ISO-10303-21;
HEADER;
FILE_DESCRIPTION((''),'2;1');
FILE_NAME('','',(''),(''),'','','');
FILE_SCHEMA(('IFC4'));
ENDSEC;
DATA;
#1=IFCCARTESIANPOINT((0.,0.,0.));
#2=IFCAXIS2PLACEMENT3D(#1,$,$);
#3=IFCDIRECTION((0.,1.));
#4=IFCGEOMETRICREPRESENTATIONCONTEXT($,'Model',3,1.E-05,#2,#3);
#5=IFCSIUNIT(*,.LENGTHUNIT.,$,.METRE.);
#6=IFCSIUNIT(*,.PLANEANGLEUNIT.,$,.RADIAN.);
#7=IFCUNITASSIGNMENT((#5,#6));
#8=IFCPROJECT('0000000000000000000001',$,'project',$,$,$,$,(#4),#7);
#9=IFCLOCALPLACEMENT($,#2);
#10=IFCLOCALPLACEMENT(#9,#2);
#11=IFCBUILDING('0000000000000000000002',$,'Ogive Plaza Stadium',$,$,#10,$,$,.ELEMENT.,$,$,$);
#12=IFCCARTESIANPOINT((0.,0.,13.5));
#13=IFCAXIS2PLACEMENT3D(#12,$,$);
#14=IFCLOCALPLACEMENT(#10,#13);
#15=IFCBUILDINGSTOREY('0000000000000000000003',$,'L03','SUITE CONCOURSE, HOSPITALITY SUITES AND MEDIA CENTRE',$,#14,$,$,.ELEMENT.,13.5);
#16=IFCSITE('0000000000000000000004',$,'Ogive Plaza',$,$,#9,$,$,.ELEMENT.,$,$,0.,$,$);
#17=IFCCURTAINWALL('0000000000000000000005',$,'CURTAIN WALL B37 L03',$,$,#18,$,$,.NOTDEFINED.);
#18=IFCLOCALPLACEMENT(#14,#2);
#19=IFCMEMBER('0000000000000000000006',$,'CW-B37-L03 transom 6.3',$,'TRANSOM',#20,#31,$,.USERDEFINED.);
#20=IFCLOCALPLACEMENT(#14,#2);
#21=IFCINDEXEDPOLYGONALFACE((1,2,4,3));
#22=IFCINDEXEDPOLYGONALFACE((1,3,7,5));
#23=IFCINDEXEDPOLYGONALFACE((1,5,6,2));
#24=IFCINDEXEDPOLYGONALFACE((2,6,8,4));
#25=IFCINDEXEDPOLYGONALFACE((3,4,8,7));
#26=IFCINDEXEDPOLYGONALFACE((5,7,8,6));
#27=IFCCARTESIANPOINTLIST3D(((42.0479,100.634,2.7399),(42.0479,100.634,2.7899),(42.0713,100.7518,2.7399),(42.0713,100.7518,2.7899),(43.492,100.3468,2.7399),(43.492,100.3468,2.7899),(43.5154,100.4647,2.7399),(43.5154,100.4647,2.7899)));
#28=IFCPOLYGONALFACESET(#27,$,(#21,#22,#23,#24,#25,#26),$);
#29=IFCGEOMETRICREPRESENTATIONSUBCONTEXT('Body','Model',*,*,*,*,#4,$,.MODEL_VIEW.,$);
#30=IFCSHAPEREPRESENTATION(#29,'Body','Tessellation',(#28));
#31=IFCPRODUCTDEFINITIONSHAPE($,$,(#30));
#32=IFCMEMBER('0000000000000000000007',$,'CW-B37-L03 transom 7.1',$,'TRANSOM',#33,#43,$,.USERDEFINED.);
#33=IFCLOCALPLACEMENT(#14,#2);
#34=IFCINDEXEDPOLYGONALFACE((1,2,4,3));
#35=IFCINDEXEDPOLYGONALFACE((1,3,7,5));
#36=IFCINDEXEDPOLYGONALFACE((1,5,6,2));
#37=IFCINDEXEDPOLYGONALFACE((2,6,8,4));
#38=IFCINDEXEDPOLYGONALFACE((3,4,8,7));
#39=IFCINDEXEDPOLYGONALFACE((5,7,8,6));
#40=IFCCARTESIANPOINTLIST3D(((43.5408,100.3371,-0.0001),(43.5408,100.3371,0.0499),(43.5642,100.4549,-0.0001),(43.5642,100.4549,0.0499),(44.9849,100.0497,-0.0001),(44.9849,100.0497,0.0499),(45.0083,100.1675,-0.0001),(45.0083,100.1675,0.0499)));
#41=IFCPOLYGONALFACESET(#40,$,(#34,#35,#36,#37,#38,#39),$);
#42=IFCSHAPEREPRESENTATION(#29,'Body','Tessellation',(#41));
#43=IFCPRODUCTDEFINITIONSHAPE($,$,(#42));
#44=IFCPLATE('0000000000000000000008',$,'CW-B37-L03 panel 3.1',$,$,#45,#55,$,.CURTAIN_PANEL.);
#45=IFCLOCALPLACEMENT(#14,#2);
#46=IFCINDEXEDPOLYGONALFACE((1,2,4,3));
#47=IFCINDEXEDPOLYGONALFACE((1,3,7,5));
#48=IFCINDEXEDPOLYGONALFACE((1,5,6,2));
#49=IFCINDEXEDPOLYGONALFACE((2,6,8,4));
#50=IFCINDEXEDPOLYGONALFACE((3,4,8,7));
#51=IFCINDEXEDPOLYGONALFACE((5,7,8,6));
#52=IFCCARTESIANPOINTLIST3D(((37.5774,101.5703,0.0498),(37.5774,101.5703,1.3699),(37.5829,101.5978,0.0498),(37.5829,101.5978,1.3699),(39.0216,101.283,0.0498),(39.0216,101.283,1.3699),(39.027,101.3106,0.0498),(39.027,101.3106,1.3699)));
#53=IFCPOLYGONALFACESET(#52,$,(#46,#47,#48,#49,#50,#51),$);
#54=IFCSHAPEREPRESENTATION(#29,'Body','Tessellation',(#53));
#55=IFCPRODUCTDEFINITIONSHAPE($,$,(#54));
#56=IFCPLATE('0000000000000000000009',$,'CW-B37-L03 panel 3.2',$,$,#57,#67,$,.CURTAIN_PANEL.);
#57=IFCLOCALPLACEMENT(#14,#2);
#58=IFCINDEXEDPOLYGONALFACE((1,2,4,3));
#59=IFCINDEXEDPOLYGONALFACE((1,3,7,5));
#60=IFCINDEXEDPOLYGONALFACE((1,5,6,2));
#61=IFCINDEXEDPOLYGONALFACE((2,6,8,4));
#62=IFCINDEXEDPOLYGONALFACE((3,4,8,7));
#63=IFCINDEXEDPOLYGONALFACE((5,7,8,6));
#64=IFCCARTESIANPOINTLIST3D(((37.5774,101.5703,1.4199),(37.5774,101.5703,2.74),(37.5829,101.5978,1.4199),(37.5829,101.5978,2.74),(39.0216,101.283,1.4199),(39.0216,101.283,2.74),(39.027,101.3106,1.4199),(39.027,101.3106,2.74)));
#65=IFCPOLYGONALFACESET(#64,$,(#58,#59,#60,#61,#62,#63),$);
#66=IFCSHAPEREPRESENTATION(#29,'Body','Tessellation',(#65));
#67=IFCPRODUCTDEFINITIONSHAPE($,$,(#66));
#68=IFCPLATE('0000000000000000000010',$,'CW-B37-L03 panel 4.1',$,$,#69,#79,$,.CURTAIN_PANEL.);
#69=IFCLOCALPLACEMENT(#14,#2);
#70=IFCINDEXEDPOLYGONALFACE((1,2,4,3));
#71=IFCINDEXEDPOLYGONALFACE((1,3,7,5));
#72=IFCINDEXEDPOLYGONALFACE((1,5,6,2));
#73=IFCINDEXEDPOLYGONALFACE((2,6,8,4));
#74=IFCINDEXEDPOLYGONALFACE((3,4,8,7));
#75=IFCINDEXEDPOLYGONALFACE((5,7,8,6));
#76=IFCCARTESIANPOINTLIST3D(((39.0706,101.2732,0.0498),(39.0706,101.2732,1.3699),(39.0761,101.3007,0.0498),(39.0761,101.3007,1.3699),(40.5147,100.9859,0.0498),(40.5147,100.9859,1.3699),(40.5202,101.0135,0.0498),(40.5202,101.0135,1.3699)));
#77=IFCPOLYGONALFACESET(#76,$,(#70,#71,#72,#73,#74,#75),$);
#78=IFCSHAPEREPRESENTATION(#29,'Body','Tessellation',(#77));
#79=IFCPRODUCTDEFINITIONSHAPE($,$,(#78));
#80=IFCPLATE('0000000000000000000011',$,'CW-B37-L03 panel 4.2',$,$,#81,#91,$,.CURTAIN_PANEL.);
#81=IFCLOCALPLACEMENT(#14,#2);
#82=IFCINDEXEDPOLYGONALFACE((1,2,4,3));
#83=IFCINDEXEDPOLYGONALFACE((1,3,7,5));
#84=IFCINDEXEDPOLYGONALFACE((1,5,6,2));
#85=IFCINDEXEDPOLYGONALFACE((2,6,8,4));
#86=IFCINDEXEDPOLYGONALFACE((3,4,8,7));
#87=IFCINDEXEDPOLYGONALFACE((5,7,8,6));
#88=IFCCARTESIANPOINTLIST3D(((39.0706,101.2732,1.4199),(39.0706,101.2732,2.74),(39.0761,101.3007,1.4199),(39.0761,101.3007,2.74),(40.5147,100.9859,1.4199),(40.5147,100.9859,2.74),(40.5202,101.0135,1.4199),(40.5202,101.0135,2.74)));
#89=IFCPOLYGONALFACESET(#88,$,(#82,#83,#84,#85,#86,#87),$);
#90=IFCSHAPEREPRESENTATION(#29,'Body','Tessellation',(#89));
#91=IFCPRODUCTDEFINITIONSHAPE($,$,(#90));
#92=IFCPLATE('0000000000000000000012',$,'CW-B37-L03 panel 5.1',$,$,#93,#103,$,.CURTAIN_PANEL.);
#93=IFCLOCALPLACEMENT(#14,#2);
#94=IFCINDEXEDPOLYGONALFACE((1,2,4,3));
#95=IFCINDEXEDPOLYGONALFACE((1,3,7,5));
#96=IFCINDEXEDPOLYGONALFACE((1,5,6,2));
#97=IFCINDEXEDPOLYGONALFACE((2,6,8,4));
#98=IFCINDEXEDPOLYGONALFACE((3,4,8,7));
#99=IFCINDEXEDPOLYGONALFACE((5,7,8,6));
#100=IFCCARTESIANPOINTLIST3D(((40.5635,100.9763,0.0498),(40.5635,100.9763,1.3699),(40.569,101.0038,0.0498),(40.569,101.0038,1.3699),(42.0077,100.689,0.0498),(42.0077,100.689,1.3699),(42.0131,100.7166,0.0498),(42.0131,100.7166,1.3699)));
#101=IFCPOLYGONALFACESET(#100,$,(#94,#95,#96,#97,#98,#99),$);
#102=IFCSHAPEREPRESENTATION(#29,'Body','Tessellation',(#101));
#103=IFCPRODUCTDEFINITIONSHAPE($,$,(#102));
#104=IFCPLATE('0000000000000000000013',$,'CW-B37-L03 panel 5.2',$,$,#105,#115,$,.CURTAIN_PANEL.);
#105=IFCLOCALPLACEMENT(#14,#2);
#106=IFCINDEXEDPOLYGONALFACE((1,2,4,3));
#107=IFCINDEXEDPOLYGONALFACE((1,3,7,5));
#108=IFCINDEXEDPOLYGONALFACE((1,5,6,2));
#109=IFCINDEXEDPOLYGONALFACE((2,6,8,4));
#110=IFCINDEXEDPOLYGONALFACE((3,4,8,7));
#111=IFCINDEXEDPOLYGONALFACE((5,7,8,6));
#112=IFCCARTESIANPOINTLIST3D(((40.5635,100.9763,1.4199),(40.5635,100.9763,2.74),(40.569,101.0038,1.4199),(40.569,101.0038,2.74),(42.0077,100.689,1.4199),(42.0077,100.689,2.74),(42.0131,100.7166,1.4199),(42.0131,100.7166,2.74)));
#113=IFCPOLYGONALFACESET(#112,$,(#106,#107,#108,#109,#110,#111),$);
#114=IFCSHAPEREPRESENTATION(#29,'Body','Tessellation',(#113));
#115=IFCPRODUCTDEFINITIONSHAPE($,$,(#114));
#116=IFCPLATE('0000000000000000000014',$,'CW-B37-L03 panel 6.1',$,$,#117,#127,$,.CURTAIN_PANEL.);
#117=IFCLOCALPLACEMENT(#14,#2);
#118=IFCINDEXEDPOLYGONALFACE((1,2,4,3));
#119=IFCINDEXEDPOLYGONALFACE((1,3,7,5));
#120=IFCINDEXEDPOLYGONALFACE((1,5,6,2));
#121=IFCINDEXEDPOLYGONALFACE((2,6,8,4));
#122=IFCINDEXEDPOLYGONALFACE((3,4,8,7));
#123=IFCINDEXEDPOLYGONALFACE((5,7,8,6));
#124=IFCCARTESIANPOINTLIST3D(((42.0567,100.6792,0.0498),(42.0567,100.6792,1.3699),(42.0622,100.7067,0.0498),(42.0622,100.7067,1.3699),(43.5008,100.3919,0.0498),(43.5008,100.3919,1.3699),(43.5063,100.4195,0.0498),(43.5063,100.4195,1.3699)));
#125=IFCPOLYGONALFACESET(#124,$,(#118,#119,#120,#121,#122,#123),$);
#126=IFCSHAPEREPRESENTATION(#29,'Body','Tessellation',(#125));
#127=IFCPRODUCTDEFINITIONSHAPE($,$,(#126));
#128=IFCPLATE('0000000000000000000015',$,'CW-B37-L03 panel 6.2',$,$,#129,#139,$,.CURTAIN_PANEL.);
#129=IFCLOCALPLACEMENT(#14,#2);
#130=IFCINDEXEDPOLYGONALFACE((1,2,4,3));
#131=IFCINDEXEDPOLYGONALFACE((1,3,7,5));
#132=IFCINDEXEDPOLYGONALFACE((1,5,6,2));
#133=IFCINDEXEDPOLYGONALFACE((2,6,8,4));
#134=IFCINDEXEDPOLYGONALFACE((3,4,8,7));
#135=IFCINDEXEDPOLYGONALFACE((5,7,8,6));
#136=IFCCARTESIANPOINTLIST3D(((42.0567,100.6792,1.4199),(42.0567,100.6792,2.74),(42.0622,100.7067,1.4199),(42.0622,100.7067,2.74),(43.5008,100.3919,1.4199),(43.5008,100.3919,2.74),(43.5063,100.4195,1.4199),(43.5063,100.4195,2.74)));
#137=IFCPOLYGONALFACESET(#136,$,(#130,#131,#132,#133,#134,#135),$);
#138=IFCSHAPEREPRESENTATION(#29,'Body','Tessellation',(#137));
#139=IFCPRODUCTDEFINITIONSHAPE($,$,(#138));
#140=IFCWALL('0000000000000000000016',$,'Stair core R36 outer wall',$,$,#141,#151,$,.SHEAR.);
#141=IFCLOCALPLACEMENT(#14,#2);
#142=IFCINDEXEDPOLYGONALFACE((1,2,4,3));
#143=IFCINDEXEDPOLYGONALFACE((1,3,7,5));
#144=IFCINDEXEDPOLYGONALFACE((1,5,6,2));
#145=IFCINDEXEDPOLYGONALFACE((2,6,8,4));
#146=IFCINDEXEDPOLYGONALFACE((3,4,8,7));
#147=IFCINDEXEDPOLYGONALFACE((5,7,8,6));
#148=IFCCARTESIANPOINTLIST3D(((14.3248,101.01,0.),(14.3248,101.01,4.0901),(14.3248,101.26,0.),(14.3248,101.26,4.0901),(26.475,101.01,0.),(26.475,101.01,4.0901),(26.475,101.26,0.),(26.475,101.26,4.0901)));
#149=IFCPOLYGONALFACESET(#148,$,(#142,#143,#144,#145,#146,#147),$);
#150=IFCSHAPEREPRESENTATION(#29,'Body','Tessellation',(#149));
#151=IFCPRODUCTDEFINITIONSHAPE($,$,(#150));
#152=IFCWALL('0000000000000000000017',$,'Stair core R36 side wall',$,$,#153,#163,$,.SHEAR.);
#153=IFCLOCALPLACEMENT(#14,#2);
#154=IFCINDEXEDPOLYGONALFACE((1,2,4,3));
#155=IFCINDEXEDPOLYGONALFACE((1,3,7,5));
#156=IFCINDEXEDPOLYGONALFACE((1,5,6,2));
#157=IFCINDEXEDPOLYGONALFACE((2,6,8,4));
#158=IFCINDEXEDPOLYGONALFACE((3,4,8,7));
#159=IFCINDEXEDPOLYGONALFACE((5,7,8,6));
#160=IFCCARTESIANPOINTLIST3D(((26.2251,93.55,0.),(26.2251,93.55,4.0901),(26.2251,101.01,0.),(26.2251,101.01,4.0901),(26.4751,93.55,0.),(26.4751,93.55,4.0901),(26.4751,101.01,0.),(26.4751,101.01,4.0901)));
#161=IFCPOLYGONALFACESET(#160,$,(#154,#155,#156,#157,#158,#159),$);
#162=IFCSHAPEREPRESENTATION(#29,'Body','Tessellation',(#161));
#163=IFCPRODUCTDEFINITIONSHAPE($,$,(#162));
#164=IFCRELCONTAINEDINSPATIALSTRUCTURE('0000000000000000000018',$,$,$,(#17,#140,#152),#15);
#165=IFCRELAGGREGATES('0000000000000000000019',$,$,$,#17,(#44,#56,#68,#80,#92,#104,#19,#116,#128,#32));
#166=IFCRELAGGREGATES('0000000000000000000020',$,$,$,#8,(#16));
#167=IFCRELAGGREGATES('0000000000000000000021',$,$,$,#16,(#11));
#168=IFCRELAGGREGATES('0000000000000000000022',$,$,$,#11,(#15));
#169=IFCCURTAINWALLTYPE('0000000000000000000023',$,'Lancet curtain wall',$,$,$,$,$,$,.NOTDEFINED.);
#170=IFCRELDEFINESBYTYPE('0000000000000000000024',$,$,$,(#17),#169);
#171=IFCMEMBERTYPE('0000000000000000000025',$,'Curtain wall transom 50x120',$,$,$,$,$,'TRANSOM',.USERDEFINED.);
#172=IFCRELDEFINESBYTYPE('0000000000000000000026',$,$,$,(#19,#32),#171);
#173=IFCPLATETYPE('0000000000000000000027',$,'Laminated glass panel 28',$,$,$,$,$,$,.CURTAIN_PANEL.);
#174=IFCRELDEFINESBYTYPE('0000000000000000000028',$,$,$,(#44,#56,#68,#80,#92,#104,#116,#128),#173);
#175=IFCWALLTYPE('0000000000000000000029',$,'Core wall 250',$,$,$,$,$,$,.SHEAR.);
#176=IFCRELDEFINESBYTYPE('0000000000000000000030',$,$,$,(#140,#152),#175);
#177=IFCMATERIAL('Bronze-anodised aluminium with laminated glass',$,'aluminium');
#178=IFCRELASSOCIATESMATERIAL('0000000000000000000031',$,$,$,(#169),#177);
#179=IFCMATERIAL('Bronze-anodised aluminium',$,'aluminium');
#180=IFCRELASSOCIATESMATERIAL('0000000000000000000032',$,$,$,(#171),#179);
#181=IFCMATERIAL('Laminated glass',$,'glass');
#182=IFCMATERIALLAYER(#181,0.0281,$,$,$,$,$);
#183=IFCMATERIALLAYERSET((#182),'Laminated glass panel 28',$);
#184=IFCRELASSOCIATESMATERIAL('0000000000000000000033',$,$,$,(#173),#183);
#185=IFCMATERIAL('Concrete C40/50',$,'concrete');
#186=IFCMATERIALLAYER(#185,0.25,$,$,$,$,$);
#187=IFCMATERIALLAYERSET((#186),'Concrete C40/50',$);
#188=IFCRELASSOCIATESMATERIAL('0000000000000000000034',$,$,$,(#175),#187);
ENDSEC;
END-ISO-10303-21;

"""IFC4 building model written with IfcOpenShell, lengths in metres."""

from ifc_helpers import new_model, si_unit, direction, frame, frame_2d, origin, origin_2d, place, context, subcontext, project, spatial, rectangle, extrude, material, layer, layer_set, material_profile, profile_set, type_object, element, aggregate, save


model = new_model("IFC4")

# Units and contexts
model_context = context("Model", 3, precision=1e-05, world=origin(), true_north=direction((0.0, 1.0)))
body_context = subcontext(model_context, "Body", "Model", "MODEL_VIEW")
ifc_project = project(units=[si_unit("LENGTHUNIT", "METRE"), si_unit("PLANEANGLEUNIT", "RADIAN")], contexts=[model_context])

# Site, building, storey
site_placement = place(None, origin())
site = spatial("IfcSite", under=ifc_project, at=site_placement, Name="Ogive Plaza", CompositionType="ELEMENT", RefElevation=0.0)
building_placement = place(site_placement, origin())
building = spatial("IfcBuilding", under=site, at=building_placement, Name="Ogive Plaza Stadium", CompositionType="ELEMENT")
storey_placement = place(building_placement, frame((0.0, 0.0, 13.5)))
storey = spatial("IfcBuildingStorey", under=building, at=storey_placement, Name="L03", Description="SUITE CONCOURSE, HOSPITALITY SUITES AND MEDIA CENTRE", CompositionType="ELEMENT", Elevation=13.5)

# Curtain wall, members, plates
ifc_material_1 = material(Name="Bronze-anodised aluminium with laminated glass", Category="aluminium")
curtain_wall_type = type_object("IfcCurtainWallType", Name="Lancet curtain wall", PredefinedType="NOTDEFINED", material=ifc_material_1)
curtain_wall_placement = place(storey_placement, origin())
curtain_wall = element("IfcCurtainWall", 1, at=curtain_wall_placement, inside=storey, type_object=curtain_wall_type, Name="CURTAIN WALL B37 L03", PredefinedType="NOTDEFINED")
ifc_material_2 = material(Name="Bronze-anodised aluminium", Category="aluminium")
ifc_material_profile_1 = material_profile(ifc_material_2, rectangle(XDim=0.1201, YDim=0.05, at=origin_2d()), Name="AL 120x50")
ifc_profile_set_1 = profile_set([ifc_material_profile_1], Name="Bronze-anodised aluminium")
member_type_1 = type_object("IfcMemberType", Name="Curtain wall transom 50x120", ElementType="TRANSOM", PredefinedType="USERDEFINED", material=ifc_profile_set_1)
member_1_placement = place(storey_placement, frame((42.0596, 100.6929, 2.7649), z_axis=(0.980803, -0.195, 0.0), x_axis=(0.195, 0.980803, 0.0)))
member_1 = element("IfcMember", 2, at=member_1_placement, type_object=member_type_1, Name="CW-B37-L03 transom 6.3", ObjectType="TRANSOM", PredefinedType="USERDEFINED", context=body_context, shape_type="SweptSolid", body=[
    extrude(rectangle(XDim=0.1201, YDim=0.05, at=origin_2d()), origin(), (0.0, 0.0, 1.0), 1.4724),
])
member_2_placement = place(storey_placement, frame((43.5525, 100.396, 0.0249), z_axis=(0.980772, -0.195159, 0.0), x_axis=(0.195159, 0.980772, 0.0)))
member_2 = element("IfcMember", 3, at=member_2_placement, type_object=member_type_1, Name="CW-B37-L03 transom 7.1", ObjectType="TRANSOM", PredefinedType="USERDEFINED", context=body_context, shape_type="SweptSolid", body=[
    extrude(rectangle(XDim=0.1201, YDim=0.05, at=origin_2d()), origin(), (0.0, 0.0, 1.0), 1.4724),
])
ifc_material_3 = material(Name="Laminated glass", Category="glass")
ifc_layer_1 = layer(ifc_material_3, 0.0281)
ifc_layer_set_1 = layer_set([ifc_layer_1], Name="Laminated glass panel 28")
plate_type = type_object("IfcPlateType", Name="Laminated glass panel 28", PredefinedType="CURTAIN_PANEL", material=ifc_layer_set_1)
plate_1_placement = place(storey_placement, frame((38.3022, 101.4404, 0.0498), z_axis=(0.0, 0.0, 1.0), x_axis=(0.980785, -0.19509, 0.0)))
plate_1 = element("IfcPlate", 4, at=plate_1_placement, type_object=plate_type, Name="CW-B37-L03 panel 3.1", PredefinedType="CURTAIN_PANEL", context=body_context, shape_type="SweptSolid", body=[
    extrude(rectangle(XDim=1.4724, YDim=0.0281, at=origin_2d()), origin(), (0.0, 0.0, 1.0), 1.3201),
])
plate_2_placement = place(storey_placement, frame((38.3022, 101.4404, 1.4199), z_axis=(0.0, 0.0, 1.0), x_axis=(0.980785, -0.19509, 0.0)))
plate_2 = element("IfcPlate", 5, at=plate_2_placement, type_object=plate_type, Name="CW-B37-L03 panel 3.2", PredefinedType="CURTAIN_PANEL", context=body_context, shape_type="SweptSolid", body=[
    extrude(rectangle(XDim=1.4724, YDim=0.0281, at=origin_2d()), origin(), (0.0, 0.0, 1.0), 1.3201),
])
plate_3_placement = place(storey_placement, frame((39.7954, 101.1433, 0.0498), z_axis=(0.0, 0.0, 1.0), x_axis=(0.980785, -0.19509, 0.0)))
plate_3 = element("IfcPlate", 6, at=plate_3_placement, type_object=plate_type, Name="CW-B37-L03 panel 4.1", PredefinedType="CURTAIN_PANEL", context=body_context, shape_type="SweptSolid", body=[
    extrude(rectangle(XDim=1.4724, YDim=0.0281, at=origin_2d()), origin(), (0.0, 0.0, 1.0), 1.3201),
])
plate_4_placement = place(storey_placement, frame((39.7954, 101.1433, 1.4199), z_axis=(0.0, 0.0, 1.0), x_axis=(0.980785, -0.19509, 0.0)))
plate_4 = element("IfcPlate", 7, at=plate_4_placement, type_object=plate_type, Name="CW-B37-L03 panel 4.2", PredefinedType="CURTAIN_PANEL", context=body_context, shape_type="SweptSolid", body=[
    extrude(rectangle(XDim=1.4724, YDim=0.0281, at=origin_2d()), origin(), (0.0, 0.0, 1.0), 1.3201),
])
plate_5_placement = place(storey_placement, frame((41.2883, 100.8464, 0.0498), z_axis=(0.0, 0.0, 1.0), x_axis=(0.980785, -0.19509, 0.0)))
plate_5 = element("IfcPlate", 8, at=plate_5_placement, type_object=plate_type, Name="CW-B37-L03 panel 5.1", PredefinedType="CURTAIN_PANEL", context=body_context, shape_type="SweptSolid", body=[
    extrude(rectangle(XDim=1.4724, YDim=0.0281, at=origin_2d()), origin(), (0.0, 0.0, 1.0), 1.3201),
])
plate_6_placement = place(storey_placement, frame((41.2883, 100.8464, 1.4199), z_axis=(0.0, 0.0, 1.0), x_axis=(0.980785, -0.19509, 0.0)))
plate_6 = element("IfcPlate", 9, at=plate_6_placement, type_object=plate_type, Name="CW-B37-L03 panel 5.2", PredefinedType="CURTAIN_PANEL", context=body_context, shape_type="SweptSolid", body=[
    extrude(rectangle(XDim=1.4724, YDim=0.0281, at=origin_2d()), origin(), (0.0, 0.0, 1.0), 1.3201),
])
plate_7_placement = place(storey_placement, frame((42.7815, 100.5493, 0.0498), z_axis=(0.0, 0.0, 1.0), x_axis=(0.980785, -0.19509, 0.0)))
plate_7 = element("IfcPlate", 10, at=plate_7_placement, type_object=plate_type, Name="CW-B37-L03 panel 6.1", PredefinedType="CURTAIN_PANEL", context=body_context, shape_type="SweptSolid", body=[
    extrude(rectangle(XDim=1.4724, YDim=0.0281, at=origin_2d()), origin(), (0.0, 0.0, 1.0), 1.3201),
])
plate_8_placement = place(storey_placement, frame((42.7815, 100.5493, 1.4199), z_axis=(0.0, 0.0, 1.0), x_axis=(0.980785, -0.19509, 0.0)))
plate_8 = element("IfcPlate", 11, at=plate_8_placement, type_object=plate_type, Name="CW-B37-L03 panel 6.2", PredefinedType="CURTAIN_PANEL", context=body_context, shape_type="SweptSolid", body=[
    extrude(rectangle(XDim=1.4724, YDim=0.0281, at=origin_2d()), origin(), (0.0, 0.0, 1.0), 1.3201),
])
aggregate(curtain_wall, [plate_1, plate_2, plate_3, plate_4, plate_5, plate_6, member_1, plate_7, plate_8, member_2])

# Walls
ifc_material_4 = material(Name="Concrete C40/50", Category="concrete")
ifc_layer_2 = layer(ifc_material_4, 0.25)
ifc_layer_set_2 = layer_set([ifc_layer_2], Name="Concrete C40/50")
wall_type = type_object("IfcWallType", Name="Core wall 250", PredefinedType="SHEAR", material=ifc_layer_set_2)
wall_1_placement = place(storey_placement, frame((26.4751, 101.135, 0.0), z_axis=(0.0, 0.0, 1.0), x_axis=(-1.0, 0.0, 0.0)))
element("IfcWall", 12, at=wall_1_placement, inside=storey, type_object=wall_type, Name="Stair core R36 outer wall", PredefinedType="SHEAR", context=body_context, shape_type="SweptSolid", body=[
    extrude(rectangle(XDim=12.1501, YDim=0.25, at=frame_2d((6.0752, 0.0))), origin(), (0.0, 0.0, 1.0), 4.0901),
])
wall_2_placement = place(storey_placement, frame((26.3501, 93.55, 0.0), z_axis=(0.0, 0.0, 1.0), x_axis=(0.0, 1.0, 0.0)))
element("IfcWall", 13, at=wall_2_placement, inside=storey, type_object=wall_type, Name="Stair core R36 side wall", PredefinedType="SHEAR", context=body_context, shape_type="SweptSolid", body=[
    extrude(rectangle(XDim=7.46, YDim=0.25, at=frame_2d((3.73, 0.0))), origin(), (0.0, 0.0, 1.0), 4.0901),
])

save(model, "model.ifc")
